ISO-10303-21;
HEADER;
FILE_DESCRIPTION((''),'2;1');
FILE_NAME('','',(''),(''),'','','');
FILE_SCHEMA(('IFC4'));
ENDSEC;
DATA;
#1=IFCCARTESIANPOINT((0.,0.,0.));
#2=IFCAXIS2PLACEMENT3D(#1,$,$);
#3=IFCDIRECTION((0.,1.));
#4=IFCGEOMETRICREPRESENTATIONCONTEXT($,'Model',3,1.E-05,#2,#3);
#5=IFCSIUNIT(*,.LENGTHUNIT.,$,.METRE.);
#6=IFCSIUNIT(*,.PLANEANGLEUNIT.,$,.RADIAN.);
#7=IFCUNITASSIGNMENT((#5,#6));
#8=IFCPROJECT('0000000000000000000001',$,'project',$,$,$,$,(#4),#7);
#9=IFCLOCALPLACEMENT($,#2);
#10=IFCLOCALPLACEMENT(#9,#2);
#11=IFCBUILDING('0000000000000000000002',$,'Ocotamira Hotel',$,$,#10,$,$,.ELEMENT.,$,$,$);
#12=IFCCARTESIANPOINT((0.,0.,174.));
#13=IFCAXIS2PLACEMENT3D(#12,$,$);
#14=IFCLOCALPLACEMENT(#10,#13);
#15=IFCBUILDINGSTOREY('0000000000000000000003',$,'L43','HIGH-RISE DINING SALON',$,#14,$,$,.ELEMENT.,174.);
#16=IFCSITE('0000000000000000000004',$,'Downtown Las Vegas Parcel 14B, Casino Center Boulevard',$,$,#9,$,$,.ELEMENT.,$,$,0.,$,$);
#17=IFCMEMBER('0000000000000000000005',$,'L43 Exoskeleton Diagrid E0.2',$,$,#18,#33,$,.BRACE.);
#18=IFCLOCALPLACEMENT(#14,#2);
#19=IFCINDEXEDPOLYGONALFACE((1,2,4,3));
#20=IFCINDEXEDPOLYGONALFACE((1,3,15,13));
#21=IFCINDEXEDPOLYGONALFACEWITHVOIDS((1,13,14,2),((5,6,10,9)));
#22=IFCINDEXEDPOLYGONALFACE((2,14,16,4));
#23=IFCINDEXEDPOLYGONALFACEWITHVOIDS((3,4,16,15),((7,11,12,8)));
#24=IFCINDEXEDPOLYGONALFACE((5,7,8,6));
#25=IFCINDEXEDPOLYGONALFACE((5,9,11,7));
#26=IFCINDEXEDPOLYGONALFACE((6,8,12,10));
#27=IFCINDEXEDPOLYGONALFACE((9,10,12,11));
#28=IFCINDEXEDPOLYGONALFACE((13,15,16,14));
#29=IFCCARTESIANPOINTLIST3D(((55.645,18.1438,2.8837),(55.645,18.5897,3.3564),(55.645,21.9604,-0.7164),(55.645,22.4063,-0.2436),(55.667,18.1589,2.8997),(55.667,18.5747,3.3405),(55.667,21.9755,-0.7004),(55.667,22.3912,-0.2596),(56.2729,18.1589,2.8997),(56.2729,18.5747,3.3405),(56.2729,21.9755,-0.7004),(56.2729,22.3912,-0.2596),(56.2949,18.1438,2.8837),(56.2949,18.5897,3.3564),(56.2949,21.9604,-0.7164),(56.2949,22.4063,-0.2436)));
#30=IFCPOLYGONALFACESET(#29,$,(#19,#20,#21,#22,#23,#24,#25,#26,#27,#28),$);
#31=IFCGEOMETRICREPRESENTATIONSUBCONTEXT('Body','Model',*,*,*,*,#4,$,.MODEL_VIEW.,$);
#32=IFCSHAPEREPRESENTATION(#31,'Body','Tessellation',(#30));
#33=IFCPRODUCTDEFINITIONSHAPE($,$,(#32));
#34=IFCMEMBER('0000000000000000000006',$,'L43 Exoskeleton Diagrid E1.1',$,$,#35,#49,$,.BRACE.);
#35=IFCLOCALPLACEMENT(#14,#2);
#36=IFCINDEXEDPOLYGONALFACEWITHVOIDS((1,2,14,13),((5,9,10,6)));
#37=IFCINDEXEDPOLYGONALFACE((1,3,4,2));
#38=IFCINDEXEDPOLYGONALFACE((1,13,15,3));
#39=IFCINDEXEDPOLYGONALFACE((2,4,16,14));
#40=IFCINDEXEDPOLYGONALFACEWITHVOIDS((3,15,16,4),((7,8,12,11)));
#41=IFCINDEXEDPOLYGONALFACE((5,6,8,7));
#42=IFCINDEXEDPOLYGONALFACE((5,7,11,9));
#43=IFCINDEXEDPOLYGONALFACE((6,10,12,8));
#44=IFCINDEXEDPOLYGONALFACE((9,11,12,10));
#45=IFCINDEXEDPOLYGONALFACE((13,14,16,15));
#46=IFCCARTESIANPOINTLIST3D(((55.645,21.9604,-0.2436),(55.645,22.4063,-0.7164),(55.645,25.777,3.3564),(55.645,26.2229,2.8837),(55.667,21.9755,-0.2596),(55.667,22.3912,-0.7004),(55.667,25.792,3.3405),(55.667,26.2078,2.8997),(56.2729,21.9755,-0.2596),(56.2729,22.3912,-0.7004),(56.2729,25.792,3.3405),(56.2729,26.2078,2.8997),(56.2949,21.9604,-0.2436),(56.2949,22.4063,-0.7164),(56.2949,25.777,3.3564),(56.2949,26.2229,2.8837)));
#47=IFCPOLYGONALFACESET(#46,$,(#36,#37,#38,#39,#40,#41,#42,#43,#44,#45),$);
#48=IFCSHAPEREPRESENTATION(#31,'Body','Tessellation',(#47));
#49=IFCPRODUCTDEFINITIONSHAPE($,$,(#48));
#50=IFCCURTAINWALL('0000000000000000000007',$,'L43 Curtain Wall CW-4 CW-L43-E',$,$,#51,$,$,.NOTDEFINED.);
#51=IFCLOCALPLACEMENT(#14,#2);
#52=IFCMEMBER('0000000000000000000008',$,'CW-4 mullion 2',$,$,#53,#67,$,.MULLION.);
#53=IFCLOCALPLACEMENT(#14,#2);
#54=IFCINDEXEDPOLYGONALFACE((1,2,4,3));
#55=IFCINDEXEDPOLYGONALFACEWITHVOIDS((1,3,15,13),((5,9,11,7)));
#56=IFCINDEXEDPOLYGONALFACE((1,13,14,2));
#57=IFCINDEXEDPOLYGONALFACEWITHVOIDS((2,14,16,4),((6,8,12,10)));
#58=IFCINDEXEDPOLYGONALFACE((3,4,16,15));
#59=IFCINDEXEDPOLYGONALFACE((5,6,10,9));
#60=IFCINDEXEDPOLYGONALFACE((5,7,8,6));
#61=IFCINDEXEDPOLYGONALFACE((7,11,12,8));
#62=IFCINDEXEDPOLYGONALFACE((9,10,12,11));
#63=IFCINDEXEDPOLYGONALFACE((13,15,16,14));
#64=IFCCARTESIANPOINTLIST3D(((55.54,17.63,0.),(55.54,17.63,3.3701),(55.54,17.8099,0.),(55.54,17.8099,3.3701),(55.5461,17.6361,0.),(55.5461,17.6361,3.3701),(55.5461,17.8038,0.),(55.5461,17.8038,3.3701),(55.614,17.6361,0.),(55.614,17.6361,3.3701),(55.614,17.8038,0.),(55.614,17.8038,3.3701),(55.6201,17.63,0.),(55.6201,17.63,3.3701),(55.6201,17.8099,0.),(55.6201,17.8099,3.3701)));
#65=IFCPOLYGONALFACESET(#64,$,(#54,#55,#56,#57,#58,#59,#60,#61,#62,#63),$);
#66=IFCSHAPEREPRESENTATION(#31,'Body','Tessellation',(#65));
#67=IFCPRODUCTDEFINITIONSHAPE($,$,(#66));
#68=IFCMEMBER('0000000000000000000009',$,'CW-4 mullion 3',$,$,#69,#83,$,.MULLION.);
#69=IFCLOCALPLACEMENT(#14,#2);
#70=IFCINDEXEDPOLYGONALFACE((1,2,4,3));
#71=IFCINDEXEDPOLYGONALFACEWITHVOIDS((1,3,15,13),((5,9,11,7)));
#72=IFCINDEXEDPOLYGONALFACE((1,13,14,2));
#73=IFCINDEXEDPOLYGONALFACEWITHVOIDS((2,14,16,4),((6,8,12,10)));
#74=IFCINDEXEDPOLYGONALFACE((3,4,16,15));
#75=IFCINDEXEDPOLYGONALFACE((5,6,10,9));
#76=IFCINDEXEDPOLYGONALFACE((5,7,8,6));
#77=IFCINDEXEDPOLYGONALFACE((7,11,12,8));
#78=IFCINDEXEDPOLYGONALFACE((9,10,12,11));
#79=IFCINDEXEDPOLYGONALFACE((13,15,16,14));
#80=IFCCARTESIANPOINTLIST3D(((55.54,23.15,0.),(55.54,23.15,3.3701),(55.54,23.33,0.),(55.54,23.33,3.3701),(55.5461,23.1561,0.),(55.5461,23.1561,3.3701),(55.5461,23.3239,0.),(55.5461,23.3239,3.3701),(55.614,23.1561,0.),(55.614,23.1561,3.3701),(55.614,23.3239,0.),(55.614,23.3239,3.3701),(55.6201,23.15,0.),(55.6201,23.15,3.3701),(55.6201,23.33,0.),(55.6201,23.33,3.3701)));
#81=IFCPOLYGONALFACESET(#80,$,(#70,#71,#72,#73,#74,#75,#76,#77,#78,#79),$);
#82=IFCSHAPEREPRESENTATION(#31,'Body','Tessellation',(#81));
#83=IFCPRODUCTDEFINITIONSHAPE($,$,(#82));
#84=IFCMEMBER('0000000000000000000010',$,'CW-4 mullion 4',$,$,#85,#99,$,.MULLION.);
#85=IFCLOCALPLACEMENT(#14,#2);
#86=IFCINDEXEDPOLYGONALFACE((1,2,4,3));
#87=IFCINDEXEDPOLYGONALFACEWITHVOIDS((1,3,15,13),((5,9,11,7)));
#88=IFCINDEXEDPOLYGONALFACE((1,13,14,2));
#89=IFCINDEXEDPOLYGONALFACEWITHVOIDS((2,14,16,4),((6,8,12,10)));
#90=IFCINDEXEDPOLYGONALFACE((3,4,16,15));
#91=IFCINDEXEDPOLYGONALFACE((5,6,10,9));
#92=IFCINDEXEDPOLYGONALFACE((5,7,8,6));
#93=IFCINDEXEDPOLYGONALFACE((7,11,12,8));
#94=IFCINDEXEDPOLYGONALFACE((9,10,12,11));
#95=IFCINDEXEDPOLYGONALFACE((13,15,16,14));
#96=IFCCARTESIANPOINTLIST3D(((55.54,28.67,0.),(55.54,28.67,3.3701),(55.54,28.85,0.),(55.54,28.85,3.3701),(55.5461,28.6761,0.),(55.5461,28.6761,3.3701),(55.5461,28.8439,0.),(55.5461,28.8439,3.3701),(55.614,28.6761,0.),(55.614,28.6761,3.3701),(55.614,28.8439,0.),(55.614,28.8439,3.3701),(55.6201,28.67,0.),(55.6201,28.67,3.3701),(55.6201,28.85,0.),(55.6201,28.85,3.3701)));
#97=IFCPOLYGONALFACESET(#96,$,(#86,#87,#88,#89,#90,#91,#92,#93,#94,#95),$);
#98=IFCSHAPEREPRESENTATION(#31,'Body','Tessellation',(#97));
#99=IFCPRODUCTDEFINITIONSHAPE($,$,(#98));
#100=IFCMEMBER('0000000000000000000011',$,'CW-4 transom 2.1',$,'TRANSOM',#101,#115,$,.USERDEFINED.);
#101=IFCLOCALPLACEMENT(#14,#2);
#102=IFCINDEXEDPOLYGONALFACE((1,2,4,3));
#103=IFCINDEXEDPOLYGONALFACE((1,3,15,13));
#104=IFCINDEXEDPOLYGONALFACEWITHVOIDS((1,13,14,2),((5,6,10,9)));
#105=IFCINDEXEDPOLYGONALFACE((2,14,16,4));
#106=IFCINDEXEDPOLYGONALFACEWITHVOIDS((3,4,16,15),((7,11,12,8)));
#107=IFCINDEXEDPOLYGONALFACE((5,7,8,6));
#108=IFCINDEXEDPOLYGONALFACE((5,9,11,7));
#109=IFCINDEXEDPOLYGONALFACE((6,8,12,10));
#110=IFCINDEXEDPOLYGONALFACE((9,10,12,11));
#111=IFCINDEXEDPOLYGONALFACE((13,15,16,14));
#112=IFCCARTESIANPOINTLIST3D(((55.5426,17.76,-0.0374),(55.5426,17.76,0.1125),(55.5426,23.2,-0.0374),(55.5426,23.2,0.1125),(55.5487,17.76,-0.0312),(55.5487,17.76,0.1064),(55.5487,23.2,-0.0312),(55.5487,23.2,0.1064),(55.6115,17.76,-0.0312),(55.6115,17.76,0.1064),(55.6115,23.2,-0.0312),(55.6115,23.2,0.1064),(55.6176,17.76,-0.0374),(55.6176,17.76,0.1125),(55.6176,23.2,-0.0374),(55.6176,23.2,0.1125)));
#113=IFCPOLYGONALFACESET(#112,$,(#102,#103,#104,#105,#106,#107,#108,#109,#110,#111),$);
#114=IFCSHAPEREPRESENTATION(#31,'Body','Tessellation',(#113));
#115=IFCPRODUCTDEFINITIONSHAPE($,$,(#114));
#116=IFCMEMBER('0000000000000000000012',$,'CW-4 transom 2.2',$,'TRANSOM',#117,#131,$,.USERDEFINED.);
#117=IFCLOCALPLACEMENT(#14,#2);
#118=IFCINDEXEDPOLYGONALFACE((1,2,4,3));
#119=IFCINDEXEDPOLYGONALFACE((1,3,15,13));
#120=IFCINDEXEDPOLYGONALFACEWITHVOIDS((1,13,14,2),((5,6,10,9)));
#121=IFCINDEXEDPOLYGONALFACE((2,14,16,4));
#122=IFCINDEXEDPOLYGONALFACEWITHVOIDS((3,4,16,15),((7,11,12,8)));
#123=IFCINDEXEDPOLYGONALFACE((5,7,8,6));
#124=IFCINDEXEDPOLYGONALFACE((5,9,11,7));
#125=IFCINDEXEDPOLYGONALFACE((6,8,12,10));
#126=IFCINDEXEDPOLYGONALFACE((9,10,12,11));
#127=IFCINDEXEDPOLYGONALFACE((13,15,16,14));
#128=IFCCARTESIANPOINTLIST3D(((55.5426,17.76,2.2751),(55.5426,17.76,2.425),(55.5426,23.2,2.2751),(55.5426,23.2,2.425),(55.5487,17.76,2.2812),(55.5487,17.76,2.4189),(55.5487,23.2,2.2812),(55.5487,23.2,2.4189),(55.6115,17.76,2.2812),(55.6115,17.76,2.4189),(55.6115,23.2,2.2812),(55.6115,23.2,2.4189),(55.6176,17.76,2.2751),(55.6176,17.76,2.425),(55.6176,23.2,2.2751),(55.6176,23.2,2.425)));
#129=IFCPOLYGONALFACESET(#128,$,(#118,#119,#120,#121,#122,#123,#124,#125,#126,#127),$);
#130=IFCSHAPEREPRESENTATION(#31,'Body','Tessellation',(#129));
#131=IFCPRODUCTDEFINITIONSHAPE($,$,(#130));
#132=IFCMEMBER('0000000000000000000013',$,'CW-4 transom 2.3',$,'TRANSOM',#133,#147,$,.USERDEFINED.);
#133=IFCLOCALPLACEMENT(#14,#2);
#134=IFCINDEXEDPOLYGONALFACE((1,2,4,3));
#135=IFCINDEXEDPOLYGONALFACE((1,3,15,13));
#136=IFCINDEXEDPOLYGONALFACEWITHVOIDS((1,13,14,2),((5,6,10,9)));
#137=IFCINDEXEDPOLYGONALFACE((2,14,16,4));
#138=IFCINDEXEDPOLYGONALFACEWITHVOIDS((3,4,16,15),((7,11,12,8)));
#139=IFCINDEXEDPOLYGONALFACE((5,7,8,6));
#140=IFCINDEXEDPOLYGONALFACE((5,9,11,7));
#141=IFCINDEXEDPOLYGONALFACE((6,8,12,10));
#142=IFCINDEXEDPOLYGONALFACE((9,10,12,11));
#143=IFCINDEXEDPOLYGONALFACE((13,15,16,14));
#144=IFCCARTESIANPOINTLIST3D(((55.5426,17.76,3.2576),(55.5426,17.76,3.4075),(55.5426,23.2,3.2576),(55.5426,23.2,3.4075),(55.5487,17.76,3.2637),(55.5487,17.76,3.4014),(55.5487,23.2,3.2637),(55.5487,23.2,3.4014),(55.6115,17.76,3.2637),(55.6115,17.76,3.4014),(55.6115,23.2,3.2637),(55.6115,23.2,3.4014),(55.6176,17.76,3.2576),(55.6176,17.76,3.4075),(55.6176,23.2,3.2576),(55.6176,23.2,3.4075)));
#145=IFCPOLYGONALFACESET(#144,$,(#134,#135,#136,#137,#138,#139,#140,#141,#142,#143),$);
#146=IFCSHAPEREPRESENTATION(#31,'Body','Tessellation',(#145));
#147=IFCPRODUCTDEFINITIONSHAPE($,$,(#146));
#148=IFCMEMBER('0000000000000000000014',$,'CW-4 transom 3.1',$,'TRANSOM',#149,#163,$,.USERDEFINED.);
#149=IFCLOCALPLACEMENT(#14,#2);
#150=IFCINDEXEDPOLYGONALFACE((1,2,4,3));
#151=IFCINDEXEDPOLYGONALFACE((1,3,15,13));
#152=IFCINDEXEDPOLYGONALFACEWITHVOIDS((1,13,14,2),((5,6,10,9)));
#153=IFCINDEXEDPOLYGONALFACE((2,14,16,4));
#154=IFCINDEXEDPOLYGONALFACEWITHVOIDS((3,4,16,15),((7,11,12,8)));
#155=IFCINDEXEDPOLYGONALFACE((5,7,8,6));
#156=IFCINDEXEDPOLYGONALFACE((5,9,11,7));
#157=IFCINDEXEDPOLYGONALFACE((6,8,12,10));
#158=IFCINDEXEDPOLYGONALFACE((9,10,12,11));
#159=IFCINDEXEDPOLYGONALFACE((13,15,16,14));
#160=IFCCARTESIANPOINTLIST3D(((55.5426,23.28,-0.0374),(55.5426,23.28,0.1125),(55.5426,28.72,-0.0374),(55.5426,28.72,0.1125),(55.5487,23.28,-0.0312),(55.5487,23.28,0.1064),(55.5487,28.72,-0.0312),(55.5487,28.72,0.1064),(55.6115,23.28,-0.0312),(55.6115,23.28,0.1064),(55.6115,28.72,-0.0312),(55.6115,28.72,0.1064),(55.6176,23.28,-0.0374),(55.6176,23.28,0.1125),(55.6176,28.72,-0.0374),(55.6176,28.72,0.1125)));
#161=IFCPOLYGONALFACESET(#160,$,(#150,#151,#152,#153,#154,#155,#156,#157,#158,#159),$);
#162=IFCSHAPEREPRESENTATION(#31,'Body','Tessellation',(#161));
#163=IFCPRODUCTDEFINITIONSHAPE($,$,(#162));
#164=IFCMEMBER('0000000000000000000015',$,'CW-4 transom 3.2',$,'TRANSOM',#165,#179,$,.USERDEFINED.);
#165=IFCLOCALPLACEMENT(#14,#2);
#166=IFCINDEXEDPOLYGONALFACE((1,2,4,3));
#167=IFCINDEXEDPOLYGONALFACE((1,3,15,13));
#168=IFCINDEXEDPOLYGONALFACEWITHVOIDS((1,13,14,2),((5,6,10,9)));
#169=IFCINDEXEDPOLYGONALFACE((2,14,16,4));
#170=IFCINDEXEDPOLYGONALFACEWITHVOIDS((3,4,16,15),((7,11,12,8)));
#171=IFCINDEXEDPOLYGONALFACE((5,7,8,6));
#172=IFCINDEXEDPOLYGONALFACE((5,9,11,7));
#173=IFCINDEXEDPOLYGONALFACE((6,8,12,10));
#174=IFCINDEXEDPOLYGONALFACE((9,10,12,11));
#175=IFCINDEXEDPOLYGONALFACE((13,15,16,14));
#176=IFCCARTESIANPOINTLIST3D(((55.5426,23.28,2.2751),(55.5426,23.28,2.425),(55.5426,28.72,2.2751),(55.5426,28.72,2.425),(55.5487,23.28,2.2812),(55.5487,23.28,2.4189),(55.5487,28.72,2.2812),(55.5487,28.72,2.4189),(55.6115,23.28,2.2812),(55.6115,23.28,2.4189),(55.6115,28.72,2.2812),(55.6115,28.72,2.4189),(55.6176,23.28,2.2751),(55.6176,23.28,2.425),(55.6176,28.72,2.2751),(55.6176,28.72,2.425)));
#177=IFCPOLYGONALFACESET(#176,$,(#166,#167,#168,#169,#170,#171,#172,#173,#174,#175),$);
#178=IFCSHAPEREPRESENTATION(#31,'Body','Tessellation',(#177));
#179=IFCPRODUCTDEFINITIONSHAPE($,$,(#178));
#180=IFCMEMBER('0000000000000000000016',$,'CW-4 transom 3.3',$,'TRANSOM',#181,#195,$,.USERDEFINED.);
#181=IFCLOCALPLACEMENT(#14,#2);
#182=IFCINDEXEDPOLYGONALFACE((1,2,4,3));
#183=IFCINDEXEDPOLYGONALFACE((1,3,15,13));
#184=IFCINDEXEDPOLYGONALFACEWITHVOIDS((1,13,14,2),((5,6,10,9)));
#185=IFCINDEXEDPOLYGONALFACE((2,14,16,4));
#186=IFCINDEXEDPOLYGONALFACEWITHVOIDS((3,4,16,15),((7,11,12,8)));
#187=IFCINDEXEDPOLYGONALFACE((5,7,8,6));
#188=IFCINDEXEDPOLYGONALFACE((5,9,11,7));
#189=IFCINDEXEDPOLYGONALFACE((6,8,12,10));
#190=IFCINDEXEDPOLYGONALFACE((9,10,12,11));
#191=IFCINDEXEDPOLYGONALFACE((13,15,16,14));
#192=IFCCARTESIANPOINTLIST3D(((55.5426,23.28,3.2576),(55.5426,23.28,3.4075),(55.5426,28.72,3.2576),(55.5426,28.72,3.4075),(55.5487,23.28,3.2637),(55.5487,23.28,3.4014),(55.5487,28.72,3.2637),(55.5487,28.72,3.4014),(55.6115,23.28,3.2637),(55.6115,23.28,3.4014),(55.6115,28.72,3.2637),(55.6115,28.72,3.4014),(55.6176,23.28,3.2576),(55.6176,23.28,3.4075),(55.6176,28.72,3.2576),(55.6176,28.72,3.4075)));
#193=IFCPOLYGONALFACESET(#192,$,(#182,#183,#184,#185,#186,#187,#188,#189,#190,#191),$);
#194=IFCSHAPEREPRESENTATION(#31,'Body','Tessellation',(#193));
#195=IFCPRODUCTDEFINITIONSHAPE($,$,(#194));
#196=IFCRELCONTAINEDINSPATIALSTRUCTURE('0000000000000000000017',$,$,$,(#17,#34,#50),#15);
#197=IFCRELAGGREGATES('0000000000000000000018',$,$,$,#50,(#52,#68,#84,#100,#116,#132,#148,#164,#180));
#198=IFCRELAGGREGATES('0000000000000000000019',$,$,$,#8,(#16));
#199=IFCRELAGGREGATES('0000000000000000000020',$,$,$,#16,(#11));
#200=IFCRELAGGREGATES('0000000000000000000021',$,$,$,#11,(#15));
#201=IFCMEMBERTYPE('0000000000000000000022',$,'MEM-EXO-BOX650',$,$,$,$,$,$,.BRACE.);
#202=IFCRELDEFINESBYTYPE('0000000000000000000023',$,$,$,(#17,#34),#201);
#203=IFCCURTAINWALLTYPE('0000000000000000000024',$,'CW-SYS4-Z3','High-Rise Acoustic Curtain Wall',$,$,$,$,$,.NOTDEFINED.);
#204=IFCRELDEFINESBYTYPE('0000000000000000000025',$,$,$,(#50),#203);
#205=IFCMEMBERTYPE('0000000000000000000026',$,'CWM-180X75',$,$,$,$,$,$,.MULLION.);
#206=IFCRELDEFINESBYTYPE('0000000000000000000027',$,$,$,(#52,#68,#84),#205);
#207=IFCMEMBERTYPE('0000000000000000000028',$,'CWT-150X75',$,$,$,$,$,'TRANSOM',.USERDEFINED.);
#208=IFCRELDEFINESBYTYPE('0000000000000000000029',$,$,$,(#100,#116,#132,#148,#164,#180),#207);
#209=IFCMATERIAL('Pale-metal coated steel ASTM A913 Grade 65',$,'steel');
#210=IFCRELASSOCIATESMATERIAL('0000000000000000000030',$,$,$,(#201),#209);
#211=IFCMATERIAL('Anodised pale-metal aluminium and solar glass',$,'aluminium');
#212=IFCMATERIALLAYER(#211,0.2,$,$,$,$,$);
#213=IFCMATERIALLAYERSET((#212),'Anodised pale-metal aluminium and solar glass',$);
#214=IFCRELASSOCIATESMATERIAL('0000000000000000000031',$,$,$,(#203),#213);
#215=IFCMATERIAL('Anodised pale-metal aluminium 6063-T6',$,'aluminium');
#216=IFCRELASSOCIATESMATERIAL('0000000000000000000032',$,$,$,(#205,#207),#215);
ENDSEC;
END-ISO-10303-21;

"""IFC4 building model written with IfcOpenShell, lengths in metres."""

from ifc_helpers import new_model, si_unit, direction, frame, origin, origin_2d, place, context, subcontext, project, spatial, hollow_rectangle, extrude, source, transform, mapped, material, layer, layer_set, material_profile, profile_set, type_object, element, aggregate, save


model = new_model("IFC4")

# Units and contexts
model_context = context("Model", 3, precision=1e-05, world=origin(), true_north=direction((0.0, 1.0)))
body_context = subcontext(model_context, "Body", "Model", "MODEL_VIEW")
ifc_project = project(units=[si_unit("LENGTHUNIT", "METRE"), si_unit("PLANEANGLEUNIT", "RADIAN")], contexts=[model_context])

# Site, building, storey
site_placement = place(None, origin())
site = spatial("IfcSite", under=ifc_project, at=site_placement, Name="Downtown Las Vegas Parcel 14B, Casino Center Boulevard", CompositionType="ELEMENT", RefElevation=0.0)
building_placement = place(site_placement, origin())
building = spatial("IfcBuilding", under=site, at=building_placement, Name="Ocotamira Hotel", CompositionType="ELEMENT")
storey_placement = place(building_placement, frame((0.0, 0.0, 174.0)))
storey = spatial("IfcBuildingStorey", under=building, at=storey_placement, Name="L43", Description="HIGH-RISE DINING SALON", CompositionType="ELEMENT", Elevation=174.0)

# Members
ifc_material_1 = material(Name="Pale-metal coated steel ASTM A913 Grade 65", Category="steel")
ifc_material_profile_1 = material_profile(ifc_material_1, hollow_rectangle(XDim=0.6499, YDim=0.6499, WallThickness=0.022, at=origin_2d()), Name="BOX650X650X22")
ifc_profile_set_1 = profile_set([ifc_material_profile_1], Name="Pale-metal coated steel ASTM A913 Grade 65")
member_type_1 = type_object("IfcMemberType", Name="MEM-EXO-BOX650", PredefinedType="BRACE", material=ifc_profile_set_1)
shared_shape_1 = source(origin(), body_context, "Body", "SweptSolid", [
    extrude(hollow_rectangle(XDim=0.6499, YDim=0.6499, WallThickness=0.022, at=origin_2d()), origin(), (0.0, 0.0, 1.0), 5.2466),
])
for number, where, z_axis, x_axis, name in (
    (1, (55.97, 22.1833, -0.48), (0.0, -0.727443, 0.686168), (1.0, 0.0, 0.0), "L43 Exoskeleton Diagrid E0.2"),
    (2, (55.97, 22.1833, -0.48), (0.0, 0.727443, 0.686168), (-1.0, 0.0, 0.0), "L43 Exoskeleton Diagrid E1.1"),
):
    element("IfcMember", number, at=place(storey_placement, frame(where, z_axis=z_axis, x_axis=x_axis)), inside=storey, type_object=member_type_1, Name=name, PredefinedType="BRACE", context=body_context, shape_type="MappedRepresentation", body=[
        mapped(shared_shape_1, transform((0.0, 0.0, 0.0), scale=1.0)),
    ])

# Curtain wall, members
ifc_material_2 = material(Name="Anodised pale-metal aluminium and solar glass", Category="aluminium")
ifc_layer_1 = layer(ifc_material_2, 0.2)
ifc_layer_set_1 = layer_set([ifc_layer_1], Name="Anodised pale-metal aluminium and solar glass")
curtain_wall_type = type_object("IfcCurtainWallType", Name="CW-SYS4-Z3", Description="High-Rise Acoustic Curtain Wall", PredefinedType="NOTDEFINED", material=ifc_layer_set_1)
curtain_wall_placement = place(storey_placement, origin())
curtain_wall = element("IfcCurtainWall", 3, at=curtain_wall_placement, inside=storey, type_object=curtain_wall_type, Name="L43 Curtain Wall CW-4 CW-L43-E", PredefinedType="NOTDEFINED")
ifc_material_3 = material(Name="Anodised pale-metal aluminium 6063-T6", Category="aluminium")
ifc_material_profile_2 = material_profile(ifc_material_3, hollow_rectangle(XDim=0.0801, YDim=0.1799, WallThickness=0.0061, at=origin_2d()), Name="HSS180X80X6")
ifc_profile_set_2 = profile_set([ifc_material_profile_2], Name="Anodised pale-metal aluminium 6063-T6")
member_type_2 = type_object("IfcMemberType", Name="CWM-180X75", PredefinedType="MULLION", material=ifc_profile_set_2)
shared_shape_2 = source(origin(), body_context, "Body", "SweptSolid", [
    extrude(hollow_rectangle(XDim=0.0801, YDim=0.1799, WallThickness=0.0061, at=origin_2d()), origin(), (0.0, 0.0, 1.0), 3.3701),
])
member_1_placement = place(storey_placement, frame((55.5801, 17.72, 0.0), z_axis=(0.0, 0.0, 1.0), x_axis=(-1.0, 0.0, 0.0)))
member_1 = element("IfcMember", 4, at=member_1_placement, type_object=member_type_2, Name="CW-4 mullion 2", PredefinedType="MULLION", context=body_context, shape_type="MappedRepresentation", body=[
    mapped(shared_shape_2, transform((0.0, 0.0, 0.0), scale=1.0)),
])
member_2_placement = place(storey_placement, frame((55.5801, 23.24, 0.0), z_axis=(0.0, 0.0, 1.0), x_axis=(-1.0, 0.0, 0.0)))
member_2 = element("IfcMember", 5, at=member_2_placement, type_object=member_type_2, Name="CW-4 mullion 3", PredefinedType="MULLION", context=body_context, shape_type="MappedRepresentation", body=[
    mapped(shared_shape_2, transform((0.0, 0.0, 0.0), scale=1.0)),
])
member_3_placement = place(storey_placement, frame((55.5801, 28.76, 0.0), z_axis=(0.0, 0.0, 1.0), x_axis=(-1.0, 0.0, 0.0)))
member_3 = element("IfcMember", 6, at=member_3_placement, type_object=member_type_2, Name="CW-4 mullion 4", PredefinedType="MULLION", context=body_context, shape_type="MappedRepresentation", body=[
    mapped(shared_shape_2, transform((0.0, 0.0, 0.0), scale=1.0)),
])
ifc_material_profile_3 = material_profile(ifc_material_3, hollow_rectangle(XDim=0.075, YDim=0.1499, WallThickness=0.0061, at=origin_2d()), Name="HSS150X75X6")
ifc_profile_set_3 = profile_set([ifc_material_profile_3], Name="Anodised pale-metal aluminium 6063-T6")
member_type_3 = type_object("IfcMemberType", Name="CWT-150X75", ElementType="TRANSOM", PredefinedType="USERDEFINED", material=ifc_profile_set_3)
shared_shape_3 = source(origin(), body_context, "Body", "SweptSolid", [
    extrude(hollow_rectangle(XDim=0.075, YDim=0.1499, WallThickness=0.0061, at=origin_2d()), origin(), (0.0, 0.0, 1.0), 5.4399),
])
member_4_placement = place(storey_placement, frame((55.5801, 17.76, 0.0376), z_axis=(0.0, 1.0, 0.0), x_axis=(-1.0, 0.0, 0.0)))
member_4 = element("IfcMember", 7, at=member_4_placement, type_object=member_type_3, Name="CW-4 transom 2.1", ObjectType="TRANSOM", PredefinedType="USERDEFINED", context=body_context, shape_type="MappedRepresentation", body=[
    mapped(shared_shape_3, transform((0.0, 0.0, 0.0), scale=1.0)),
])
member_5_placement = place(storey_placement, frame((55.5801, 17.76, 2.3501), z_axis=(0.0, 1.0, 0.0), x_axis=(-1.0, 0.0, 0.0)))
member_5 = element("IfcMember", 8, at=member_5_placement, type_object=member_type_3, Name="CW-4 transom 2.2", ObjectType="TRANSOM", PredefinedType="USERDEFINED", context=body_context, shape_type="MappedRepresentation", body=[
    mapped(shared_shape_3, transform((0.0, 0.0, 0.0), scale=1.0)),
])
member_6_placement = place(storey_placement, frame((55.5801, 17.76, 3.3325), z_axis=(0.0, 1.0, 0.0), x_axis=(-1.0, 0.0, 0.0)))
member_6 = element("IfcMember", 9, at=member_6_placement, type_object=member_type_3, Name="CW-4 transom 2.3", ObjectType="TRANSOM", PredefinedType="USERDEFINED", context=body_context, shape_type="MappedRepresentation", body=[
    mapped(shared_shape_3, transform((0.0, 0.0, 0.0), scale=1.0)),
])
member_7_placement = place(storey_placement, frame((55.5801, 23.28, 0.0376), z_axis=(0.0, 1.0, 0.0), x_axis=(-1.0, 0.0, 0.0)))
member_7 = element("IfcMember", 10, at=member_7_placement, type_object=member_type_3, Name="CW-4 transom 3.1", ObjectType="TRANSOM", PredefinedType="USERDEFINED", context=body_context, shape_type="MappedRepresentation", body=[
    mapped(shared_shape_3, transform((0.0, 0.0, 0.0), scale=1.0)),
])
member_8_placement = place(storey_placement, frame((55.5801, 23.28, 2.3501), z_axis=(0.0, 1.0, 0.0), x_axis=(-1.0, 0.0, 0.0)))
member_8 = element("IfcMember", 11, at=member_8_placement, type_object=member_type_3, Name="CW-4 transom 3.2", ObjectType="TRANSOM", PredefinedType="USERDEFINED", context=body_context, shape_type="MappedRepresentation", body=[
    mapped(shared_shape_3, transform((0.0, 0.0, 0.0), scale=1.0)),
])
member_9_placement = place(storey_placement, frame((55.5801, 23.28, 3.3325), z_axis=(0.0, 1.0, 0.0), x_axis=(-1.0, 0.0, 0.0)))
member_9 = element("IfcMember", 12, at=member_9_placement, type_object=member_type_3, Name="CW-4 transom 3.3", ObjectType="TRANSOM", PredefinedType="USERDEFINED", context=body_context, shape_type="MappedRepresentation", body=[
    mapped(shared_shape_3, transform((0.0, 0.0, 0.0), scale=1.0)),
])

aggregate(curtain_wall, [member_1, member_2, member_3, member_4, member_5, member_6, member_7, member_8, member_9])

save(model, "model.ifc")
